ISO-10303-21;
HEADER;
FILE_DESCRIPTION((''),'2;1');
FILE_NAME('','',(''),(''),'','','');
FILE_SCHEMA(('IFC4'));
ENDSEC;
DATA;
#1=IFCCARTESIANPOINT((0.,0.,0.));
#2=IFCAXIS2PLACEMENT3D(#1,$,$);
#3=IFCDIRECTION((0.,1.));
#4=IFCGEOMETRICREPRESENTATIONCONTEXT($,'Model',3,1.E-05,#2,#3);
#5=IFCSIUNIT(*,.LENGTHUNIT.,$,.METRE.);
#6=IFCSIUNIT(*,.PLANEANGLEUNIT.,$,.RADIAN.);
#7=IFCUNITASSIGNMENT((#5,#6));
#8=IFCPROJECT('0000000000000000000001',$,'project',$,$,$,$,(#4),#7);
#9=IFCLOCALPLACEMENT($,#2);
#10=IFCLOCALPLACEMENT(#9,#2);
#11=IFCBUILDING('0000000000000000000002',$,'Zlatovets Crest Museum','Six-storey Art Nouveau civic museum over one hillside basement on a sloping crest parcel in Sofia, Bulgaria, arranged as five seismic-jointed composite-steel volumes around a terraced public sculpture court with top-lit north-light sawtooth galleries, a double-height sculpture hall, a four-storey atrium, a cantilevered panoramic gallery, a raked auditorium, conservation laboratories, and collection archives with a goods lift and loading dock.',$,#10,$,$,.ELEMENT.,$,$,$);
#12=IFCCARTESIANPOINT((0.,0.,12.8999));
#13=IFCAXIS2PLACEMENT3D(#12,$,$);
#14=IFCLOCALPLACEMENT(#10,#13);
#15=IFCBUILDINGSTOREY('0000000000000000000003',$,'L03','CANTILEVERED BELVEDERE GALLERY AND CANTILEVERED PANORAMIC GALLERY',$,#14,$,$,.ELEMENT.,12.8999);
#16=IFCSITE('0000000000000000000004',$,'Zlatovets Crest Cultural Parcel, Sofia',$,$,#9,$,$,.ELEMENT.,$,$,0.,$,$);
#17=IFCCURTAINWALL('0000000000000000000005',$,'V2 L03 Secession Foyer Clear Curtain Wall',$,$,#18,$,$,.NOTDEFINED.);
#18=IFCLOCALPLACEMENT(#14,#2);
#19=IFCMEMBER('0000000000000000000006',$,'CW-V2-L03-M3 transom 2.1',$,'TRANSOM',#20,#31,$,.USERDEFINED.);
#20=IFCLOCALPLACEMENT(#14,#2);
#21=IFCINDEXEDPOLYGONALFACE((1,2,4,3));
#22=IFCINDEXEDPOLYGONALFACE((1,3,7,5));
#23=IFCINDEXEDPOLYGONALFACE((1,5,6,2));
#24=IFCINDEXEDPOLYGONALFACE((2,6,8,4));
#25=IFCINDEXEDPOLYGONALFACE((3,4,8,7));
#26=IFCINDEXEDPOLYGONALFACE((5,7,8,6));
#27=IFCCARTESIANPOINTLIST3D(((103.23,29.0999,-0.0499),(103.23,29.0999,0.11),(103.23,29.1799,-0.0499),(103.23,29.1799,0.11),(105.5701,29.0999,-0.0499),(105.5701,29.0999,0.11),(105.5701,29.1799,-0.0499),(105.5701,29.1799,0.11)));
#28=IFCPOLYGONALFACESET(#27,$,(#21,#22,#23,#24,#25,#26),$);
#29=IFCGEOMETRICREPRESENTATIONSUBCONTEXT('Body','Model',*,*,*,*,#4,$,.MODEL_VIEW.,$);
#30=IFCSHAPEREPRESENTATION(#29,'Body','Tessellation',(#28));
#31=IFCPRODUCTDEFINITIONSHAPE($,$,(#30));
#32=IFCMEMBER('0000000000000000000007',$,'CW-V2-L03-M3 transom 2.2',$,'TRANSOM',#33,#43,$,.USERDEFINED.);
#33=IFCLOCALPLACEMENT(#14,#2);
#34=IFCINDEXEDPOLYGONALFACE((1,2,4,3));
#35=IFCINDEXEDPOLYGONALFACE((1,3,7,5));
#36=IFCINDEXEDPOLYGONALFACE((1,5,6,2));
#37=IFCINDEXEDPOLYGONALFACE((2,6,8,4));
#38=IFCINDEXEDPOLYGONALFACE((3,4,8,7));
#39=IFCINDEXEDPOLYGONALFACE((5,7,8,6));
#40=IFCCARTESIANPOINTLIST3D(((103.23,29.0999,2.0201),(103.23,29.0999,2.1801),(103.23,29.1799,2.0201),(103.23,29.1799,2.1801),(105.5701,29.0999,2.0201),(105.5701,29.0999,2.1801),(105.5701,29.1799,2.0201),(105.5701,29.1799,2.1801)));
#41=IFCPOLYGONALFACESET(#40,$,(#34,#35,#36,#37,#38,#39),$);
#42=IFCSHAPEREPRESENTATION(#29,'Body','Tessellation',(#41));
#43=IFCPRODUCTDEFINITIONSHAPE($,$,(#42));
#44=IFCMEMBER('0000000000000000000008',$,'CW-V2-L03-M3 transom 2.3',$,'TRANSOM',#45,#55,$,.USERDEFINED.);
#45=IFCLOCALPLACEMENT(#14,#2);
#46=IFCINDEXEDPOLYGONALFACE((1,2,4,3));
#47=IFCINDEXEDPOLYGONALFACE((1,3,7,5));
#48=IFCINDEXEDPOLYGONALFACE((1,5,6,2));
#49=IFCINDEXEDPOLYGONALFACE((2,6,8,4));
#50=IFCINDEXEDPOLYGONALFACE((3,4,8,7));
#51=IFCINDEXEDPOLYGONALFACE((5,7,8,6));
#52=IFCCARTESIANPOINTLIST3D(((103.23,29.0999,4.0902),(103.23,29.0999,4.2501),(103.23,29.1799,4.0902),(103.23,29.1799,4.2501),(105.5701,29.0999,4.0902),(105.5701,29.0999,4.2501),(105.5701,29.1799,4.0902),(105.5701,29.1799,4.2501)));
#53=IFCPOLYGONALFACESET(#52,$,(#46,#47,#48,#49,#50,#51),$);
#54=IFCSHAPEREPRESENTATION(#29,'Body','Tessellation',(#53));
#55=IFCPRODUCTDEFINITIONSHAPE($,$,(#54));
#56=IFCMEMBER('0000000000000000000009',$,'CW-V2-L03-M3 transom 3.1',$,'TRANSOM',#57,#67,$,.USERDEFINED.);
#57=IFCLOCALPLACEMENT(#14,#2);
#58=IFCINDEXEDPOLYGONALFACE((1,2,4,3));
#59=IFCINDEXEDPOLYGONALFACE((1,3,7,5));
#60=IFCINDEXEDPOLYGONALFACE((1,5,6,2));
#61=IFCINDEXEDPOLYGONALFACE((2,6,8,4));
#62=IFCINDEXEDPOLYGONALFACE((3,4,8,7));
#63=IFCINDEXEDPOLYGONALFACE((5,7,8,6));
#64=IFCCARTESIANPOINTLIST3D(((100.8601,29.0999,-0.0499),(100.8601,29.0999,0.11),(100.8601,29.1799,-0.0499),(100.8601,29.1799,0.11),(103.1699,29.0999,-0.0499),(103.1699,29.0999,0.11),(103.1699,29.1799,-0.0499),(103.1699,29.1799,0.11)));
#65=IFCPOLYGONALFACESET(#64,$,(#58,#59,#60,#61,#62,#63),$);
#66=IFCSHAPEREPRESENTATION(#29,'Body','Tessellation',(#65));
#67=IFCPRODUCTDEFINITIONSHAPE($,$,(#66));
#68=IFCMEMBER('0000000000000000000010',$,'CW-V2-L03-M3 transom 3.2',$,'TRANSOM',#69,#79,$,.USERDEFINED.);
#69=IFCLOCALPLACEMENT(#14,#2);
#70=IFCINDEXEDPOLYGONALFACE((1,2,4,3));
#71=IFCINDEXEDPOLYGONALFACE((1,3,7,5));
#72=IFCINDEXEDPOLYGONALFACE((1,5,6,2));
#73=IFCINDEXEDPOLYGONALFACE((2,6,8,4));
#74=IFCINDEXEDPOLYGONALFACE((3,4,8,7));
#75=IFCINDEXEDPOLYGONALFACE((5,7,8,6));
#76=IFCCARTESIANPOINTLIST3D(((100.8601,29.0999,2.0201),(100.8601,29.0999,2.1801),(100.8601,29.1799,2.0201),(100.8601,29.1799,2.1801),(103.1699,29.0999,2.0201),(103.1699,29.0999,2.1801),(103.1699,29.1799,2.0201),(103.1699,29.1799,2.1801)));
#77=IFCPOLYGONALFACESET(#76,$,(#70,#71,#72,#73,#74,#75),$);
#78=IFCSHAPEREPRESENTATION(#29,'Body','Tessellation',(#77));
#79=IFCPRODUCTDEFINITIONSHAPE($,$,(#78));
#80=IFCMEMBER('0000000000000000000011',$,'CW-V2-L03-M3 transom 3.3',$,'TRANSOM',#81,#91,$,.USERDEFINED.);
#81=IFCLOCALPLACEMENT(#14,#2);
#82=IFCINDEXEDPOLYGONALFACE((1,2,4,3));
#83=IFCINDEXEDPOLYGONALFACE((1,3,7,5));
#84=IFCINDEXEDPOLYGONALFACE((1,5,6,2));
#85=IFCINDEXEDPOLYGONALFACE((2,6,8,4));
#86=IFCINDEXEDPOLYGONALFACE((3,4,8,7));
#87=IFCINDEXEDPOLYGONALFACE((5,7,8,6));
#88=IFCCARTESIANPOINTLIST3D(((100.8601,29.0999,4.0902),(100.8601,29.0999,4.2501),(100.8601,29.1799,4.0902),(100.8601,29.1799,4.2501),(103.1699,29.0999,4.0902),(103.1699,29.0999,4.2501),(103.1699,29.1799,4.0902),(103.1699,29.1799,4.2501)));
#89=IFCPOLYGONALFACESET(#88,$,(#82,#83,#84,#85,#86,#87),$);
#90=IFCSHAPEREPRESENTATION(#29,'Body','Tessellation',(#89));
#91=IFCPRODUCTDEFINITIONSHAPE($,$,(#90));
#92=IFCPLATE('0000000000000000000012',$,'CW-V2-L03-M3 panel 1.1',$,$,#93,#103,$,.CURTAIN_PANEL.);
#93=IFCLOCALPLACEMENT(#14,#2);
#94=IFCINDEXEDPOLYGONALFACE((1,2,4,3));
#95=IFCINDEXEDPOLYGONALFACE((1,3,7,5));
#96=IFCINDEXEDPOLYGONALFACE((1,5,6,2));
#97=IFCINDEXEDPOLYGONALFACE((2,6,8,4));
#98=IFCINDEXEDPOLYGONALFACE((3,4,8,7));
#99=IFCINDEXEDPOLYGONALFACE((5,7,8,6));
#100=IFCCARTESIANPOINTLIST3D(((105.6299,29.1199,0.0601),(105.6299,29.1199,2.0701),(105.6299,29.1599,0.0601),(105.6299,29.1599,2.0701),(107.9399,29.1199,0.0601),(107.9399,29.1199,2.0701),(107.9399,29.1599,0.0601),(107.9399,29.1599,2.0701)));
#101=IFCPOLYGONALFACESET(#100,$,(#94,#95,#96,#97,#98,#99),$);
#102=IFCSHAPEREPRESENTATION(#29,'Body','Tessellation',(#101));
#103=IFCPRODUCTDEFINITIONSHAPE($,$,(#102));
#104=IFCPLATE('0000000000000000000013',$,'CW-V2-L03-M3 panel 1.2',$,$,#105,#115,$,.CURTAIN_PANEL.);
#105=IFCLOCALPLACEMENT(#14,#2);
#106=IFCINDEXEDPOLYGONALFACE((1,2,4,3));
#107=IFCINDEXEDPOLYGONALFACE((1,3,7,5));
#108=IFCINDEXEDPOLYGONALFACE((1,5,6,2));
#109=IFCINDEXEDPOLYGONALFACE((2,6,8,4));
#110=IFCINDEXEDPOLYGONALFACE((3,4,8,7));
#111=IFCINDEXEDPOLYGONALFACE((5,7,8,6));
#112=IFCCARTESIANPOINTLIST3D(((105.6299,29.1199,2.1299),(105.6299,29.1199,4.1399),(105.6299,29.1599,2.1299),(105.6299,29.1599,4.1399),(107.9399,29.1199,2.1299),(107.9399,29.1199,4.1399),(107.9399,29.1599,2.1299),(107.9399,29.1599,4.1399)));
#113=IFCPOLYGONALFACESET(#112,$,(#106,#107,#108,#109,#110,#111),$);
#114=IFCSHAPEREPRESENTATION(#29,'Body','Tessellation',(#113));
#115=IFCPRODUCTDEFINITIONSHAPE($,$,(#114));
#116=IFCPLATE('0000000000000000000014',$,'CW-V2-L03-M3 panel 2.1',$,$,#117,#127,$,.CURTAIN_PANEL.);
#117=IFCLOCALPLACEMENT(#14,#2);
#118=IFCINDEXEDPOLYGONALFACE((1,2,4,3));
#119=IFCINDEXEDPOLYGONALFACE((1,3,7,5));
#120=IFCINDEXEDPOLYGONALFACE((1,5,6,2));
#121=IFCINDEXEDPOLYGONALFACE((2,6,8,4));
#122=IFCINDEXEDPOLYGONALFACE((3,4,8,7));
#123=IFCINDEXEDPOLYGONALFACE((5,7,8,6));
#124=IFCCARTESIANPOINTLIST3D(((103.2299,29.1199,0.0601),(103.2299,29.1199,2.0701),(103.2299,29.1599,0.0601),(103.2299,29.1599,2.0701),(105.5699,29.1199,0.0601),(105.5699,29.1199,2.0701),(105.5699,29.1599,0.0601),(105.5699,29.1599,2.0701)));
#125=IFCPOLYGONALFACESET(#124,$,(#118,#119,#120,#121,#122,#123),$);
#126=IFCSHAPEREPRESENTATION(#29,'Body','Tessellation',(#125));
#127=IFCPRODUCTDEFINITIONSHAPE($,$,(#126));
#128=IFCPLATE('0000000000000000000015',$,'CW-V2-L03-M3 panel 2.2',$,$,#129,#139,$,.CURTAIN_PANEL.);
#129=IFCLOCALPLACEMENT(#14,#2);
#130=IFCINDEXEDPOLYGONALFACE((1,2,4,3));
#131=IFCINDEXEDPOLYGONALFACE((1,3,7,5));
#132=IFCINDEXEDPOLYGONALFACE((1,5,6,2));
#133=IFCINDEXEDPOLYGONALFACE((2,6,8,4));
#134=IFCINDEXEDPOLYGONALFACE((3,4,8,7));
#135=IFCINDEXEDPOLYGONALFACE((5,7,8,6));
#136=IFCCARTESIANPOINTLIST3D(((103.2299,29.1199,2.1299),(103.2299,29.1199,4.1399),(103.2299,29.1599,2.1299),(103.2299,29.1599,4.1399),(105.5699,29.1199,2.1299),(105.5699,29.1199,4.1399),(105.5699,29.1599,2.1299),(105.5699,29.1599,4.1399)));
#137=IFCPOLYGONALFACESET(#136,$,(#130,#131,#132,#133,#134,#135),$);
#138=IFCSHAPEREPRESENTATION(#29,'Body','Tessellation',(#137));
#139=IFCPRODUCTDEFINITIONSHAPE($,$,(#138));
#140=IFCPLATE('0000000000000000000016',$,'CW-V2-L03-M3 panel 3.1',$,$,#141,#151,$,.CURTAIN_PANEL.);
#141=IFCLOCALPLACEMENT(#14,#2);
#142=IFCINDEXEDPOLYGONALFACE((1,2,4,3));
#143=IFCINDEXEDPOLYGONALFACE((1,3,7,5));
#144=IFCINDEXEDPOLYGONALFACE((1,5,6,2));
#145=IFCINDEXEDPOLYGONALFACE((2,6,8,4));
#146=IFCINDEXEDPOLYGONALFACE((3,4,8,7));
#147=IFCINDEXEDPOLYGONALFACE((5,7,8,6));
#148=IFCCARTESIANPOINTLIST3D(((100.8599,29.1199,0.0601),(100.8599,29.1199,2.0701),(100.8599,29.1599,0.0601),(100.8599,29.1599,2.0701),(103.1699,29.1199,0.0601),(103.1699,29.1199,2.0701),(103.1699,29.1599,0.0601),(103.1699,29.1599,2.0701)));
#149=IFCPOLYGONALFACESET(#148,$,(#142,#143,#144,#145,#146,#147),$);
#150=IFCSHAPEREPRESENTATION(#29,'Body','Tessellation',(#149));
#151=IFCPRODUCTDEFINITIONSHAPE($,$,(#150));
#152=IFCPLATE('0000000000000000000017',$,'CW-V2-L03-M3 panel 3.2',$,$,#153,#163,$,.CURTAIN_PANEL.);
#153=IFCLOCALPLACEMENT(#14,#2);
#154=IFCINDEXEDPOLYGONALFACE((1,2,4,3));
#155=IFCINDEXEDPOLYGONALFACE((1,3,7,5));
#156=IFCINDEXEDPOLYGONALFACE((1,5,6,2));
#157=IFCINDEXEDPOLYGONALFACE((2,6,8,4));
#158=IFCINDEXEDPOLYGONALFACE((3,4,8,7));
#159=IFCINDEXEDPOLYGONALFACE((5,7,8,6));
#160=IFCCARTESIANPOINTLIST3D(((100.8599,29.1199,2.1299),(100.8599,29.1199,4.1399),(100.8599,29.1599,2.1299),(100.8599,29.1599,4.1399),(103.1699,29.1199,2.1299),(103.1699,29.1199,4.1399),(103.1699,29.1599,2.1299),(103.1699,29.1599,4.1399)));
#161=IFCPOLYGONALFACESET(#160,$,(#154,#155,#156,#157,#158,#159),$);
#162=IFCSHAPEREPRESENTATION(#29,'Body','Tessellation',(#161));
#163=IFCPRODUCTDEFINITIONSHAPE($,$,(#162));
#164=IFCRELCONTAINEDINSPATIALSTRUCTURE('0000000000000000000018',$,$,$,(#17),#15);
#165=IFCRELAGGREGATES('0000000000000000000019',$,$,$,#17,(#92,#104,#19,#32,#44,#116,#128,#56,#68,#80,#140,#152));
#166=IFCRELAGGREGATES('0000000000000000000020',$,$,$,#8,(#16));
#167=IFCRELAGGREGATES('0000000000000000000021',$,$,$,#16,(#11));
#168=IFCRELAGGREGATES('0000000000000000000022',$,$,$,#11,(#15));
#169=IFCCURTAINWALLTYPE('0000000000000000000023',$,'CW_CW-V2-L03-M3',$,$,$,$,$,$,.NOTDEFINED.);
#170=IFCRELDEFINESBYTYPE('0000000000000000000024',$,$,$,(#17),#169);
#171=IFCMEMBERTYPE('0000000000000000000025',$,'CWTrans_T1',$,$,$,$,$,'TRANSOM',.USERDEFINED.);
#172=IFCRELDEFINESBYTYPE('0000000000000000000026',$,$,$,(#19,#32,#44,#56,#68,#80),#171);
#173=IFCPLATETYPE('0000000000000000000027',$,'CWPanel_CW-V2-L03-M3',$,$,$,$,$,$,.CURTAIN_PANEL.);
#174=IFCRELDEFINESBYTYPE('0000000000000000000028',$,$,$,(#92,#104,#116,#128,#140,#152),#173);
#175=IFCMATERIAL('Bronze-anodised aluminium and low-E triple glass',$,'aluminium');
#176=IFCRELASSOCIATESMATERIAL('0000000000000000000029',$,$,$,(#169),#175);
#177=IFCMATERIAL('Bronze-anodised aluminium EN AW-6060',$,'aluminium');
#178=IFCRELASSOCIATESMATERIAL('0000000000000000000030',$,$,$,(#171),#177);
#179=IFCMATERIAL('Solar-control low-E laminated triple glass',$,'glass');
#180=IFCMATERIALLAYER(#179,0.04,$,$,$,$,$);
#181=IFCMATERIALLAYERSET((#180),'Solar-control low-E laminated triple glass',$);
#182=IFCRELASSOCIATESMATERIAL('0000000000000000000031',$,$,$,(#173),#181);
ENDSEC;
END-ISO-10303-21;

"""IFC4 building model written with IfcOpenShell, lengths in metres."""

from ifc_helpers import new_model, si_unit, direction, frame, origin, origin_2d, place, context, subcontext, project, spatial, rectangle, extrude, material, layer, layer_set, material_profile, profile_set, type_object, element, aggregate, save


model = new_model("IFC4")

# Units and contexts
model_context = context("Model", 3, precision=1e-05, world=origin(), true_north=direction((0.0, 1.0)))
body_context = subcontext(model_context, "Body", "Model", "MODEL_VIEW")
ifc_project = project(units=[si_unit("LENGTHUNIT", "METRE"), si_unit("PLANEANGLEUNIT", "RADIAN")], contexts=[model_context])

# Site, building, storey
site_placement = place(None, origin())
site = spatial("IfcSite", under=ifc_project, at=site_placement, Name="Zlatovets Crest Cultural Parcel, Sofia", CompositionType="ELEMENT", RefElevation=0.0)
building_placement = place(site_placement, origin())
building = spatial("IfcBuilding", under=site, at=building_placement, Name="Zlatovets Crest Museum", Description="Six-storey Art Nouveau civic museum over one hillside basement on a sloping crest parcel in Sofia, Bulgaria, arranged as five seismic-jointed composite-steel volumes around a terraced public sculpture court with top-lit north-light sawtooth galleries, a double-height sculpture hall, a four-storey atrium, a cantilevered panoramic gallery, a raked auditorium, conservation laboratories, and collection archives with a goods lift and loading dock.", CompositionType="ELEMENT")
storey_placement = place(building_placement, frame((0.0, 0.0, 12.8999)))
storey = spatial("IfcBuildingStorey", under=building, at=storey_placement, Name="L03", Description="CANTILEVERED BELVEDERE GALLERY AND CANTILEVERED PANORAMIC GALLERY", CompositionType="ELEMENT", Elevation=12.8999)

# Curtain wall, members, plates
ifc_material_1 = material(Name="Bronze-anodised aluminium and low-E triple glass", Category="aluminium")
curtain_wall_type = type_object("IfcCurtainWallType", Name="CW_CW-V2-L03-M3", PredefinedType="NOTDEFINED", material=ifc_material_1)
curtain_wall_placement = place(storey_placement, origin())
curtain_wall = element("IfcCurtainWall", 1, at=curtain_wall_placement, inside=storey, type_object=curtain_wall_type, Name="V2 L03 Secession Foyer Clear Curtain Wall", PredefinedType="NOTDEFINED")
ifc_material_2 = material(Name="Bronze-anodised aluminium EN AW-6060", Category="aluminium")
ifc_material_profile_1 = material_profile(ifc_material_2, rectangle(XDim=0.0801, YDim=0.1599, at=origin_2d()), Name="ALU 80x160")
ifc_profile_set_1 = profile_set([ifc_material_profile_1], Name="Bronze-anodised aluminium EN AW-6060")
member_type_1 = type_object("IfcMemberType", Name="CWTrans_T1", ElementType="TRANSOM", PredefinedType="USERDEFINED", material=ifc_profile_set_1)
member_1_placement = place(storey_placement, frame((105.5701, 29.1399, 0.03), z_axis=(-1.0, 0.0, 0.0), x_axis=(0.0, -1.0, 0.0)))
member_1 = element("IfcMember", 2, at=member_1_placement, type_object=member_type_1, Name="CW-V2-L03-M3 transom 2.1", ObjectType="TRANSOM", PredefinedType="USERDEFINED", context=body_context, shape_type="SweptSolid", body=[
    extrude(rectangle(XDim=0.0801, YDim=0.1599, at=origin_2d()), origin(), (0.0, 0.0, 1.0), 2.3401),
])
member_2_placement = place(storey_placement, frame((105.5701, 29.1399, 2.1001), z_axis=(-1.0, 0.0, 0.0), x_axis=(0.0, -1.0, 0.0)))
member_2 = element("IfcMember", 3, at=member_2_placement, type_object=member_type_1, Name="CW-V2-L03-M3 transom 2.2", ObjectType="TRANSOM", PredefinedType="USERDEFINED", context=body_context, shape_type="SweptSolid", body=[
    extrude(rectangle(XDim=0.0801, YDim=0.1599, at=origin_2d()), origin(), (0.0, 0.0, 1.0), 2.3401),
])
member_3_placement = place(storey_placement, frame((105.5701, 29.1399, 4.1702), z_axis=(-1.0, 0.0, 0.0), x_axis=(0.0, -1.0, 0.0)))
member_3 = element("IfcMember", 4, at=member_3_placement, type_object=member_type_1, Name="CW-V2-L03-M3 transom 2.3", ObjectType="TRANSOM", PredefinedType="USERDEFINED", context=body_context, shape_type="SweptSolid", body=[
    extrude(rectangle(XDim=0.0801, YDim=0.1599, at=origin_2d()), origin(), (0.0, 0.0, 1.0), 2.3401),
])
member_4_placement = place(storey_placement, frame((103.1699, 29.1399, 0.03), z_axis=(-1.0, 0.0, 0.0), x_axis=(0.0, -1.0, 0.0)))
member_4 = element("IfcMember", 5, at=member_4_placement, type_object=member_type_1, Name="CW-V2-L03-M3 transom 3.1", ObjectType="TRANSOM", PredefinedType="USERDEFINED", context=body_context, shape_type="SweptSolid", body=[
    extrude(rectangle(XDim=0.0801, YDim=0.1599, at=origin_2d()), origin(), (0.0, 0.0, 1.0), 2.3098),
])
member_5_placement = place(storey_placement, frame((103.1699, 29.1399, 2.1001), z_axis=(-1.0, 0.0, 0.0), x_axis=(0.0, -1.0, 0.0)))
member_5 = element("IfcMember", 6, at=member_5_placement, type_object=member_type_1, Name="CW-V2-L03-M3 transom 3.2", ObjectType="TRANSOM", PredefinedType="USERDEFINED", context=body_context, shape_type="SweptSolid", body=[
    extrude(rectangle(XDim=0.0801, YDim=0.1599, at=origin_2d()), origin(), (0.0, 0.0, 1.0), 2.3098),
])
member_6_placement = place(storey_placement, frame((103.1699, 29.1399, 4.1702), z_axis=(-1.0, 0.0, 0.0), x_axis=(0.0, -1.0, 0.0)))
member_6 = element("IfcMember", 7, at=member_6_placement, type_object=member_type_1, Name="CW-V2-L03-M3 transom 3.3", ObjectType="TRANSOM", PredefinedType="USERDEFINED", context=body_context, shape_type="SweptSolid", body=[
    extrude(rectangle(XDim=0.0801, YDim=0.1599, at=origin_2d()), origin(), (0.0, 0.0, 1.0), 2.3098),
])
ifc_material_3 = material(Name="Solar-control low-E laminated triple glass", Category="glass")
ifc_layer = layer(ifc_material_3, 0.04)
ifc_layer_set = layer_set([ifc_layer], Name="Solar-control low-E laminated triple glass")
plate_type = type_object("IfcPlateType", Name="CWPanel_CW-V2-L03-M3", PredefinedType="CURTAIN_PANEL", material=ifc_layer_set)
plate_1_placement = place(storey_placement, frame((106.7849, 29.1399, 0.0601), z_axis=(0.0, 0.0, 1.0), x_axis=(-1.0, 0.0, 0.0)))
plate_1 = element("IfcPlate", 8, at=plate_1_placement, type_object=plate_type, Name="CW-V2-L03-M3 panel 1.1", PredefinedType="CURTAIN_PANEL", context=body_context, shape_type="SweptSolid", body=[
    extrude(rectangle(XDim=2.3101, YDim=0.04, at=origin_2d()), origin(), (0.0, 0.0, 1.0), 2.01),
])
plate_2_placement = place(storey_placement, frame((106.7849, 29.1399, 2.1299), z_axis=(0.0, 0.0, 1.0), x_axis=(-1.0, 0.0, 0.0)))
plate_2 = element("IfcPlate", 9, at=plate_2_placement, type_object=plate_type, Name="CW-V2-L03-M3 panel 1.2", PredefinedType="CURTAIN_PANEL", context=body_context, shape_type="SweptSolid", body=[
    extrude(rectangle(XDim=2.3101, YDim=0.04, at=origin_2d()), origin(), (0.0, 0.0, 1.0), 2.01),
])
plate_3_placement = place(storey_placement, frame((104.3999, 29.1399, 0.0601), z_axis=(0.0, 0.0, 1.0), x_axis=(-1.0, 0.0, 0.0)))
plate_3 = element("IfcPlate", 10, at=plate_3_placement, type_object=plate_type, Name="CW-V2-L03-M3 panel 2.1", PredefinedType="CURTAIN_PANEL", context=body_context, shape_type="SweptSolid", body=[
    extrude(rectangle(XDim=2.3401, YDim=0.04, at=origin_2d()), origin(), (0.0, 0.0, 1.0), 2.01),
])
plate_4_placement = place(storey_placement, frame((104.3999, 29.1399, 2.1299), z_axis=(0.0, 0.0, 1.0), x_axis=(-1.0, 0.0, 0.0)))
plate_4 = element("IfcPlate", 11, at=plate_4_placement, type_object=plate_type, Name="CW-V2-L03-M3 panel 2.2", PredefinedType="CURTAIN_PANEL", context=body_context, shape_type="SweptSolid", body=[
    extrude(rectangle(XDim=2.3401, YDim=0.04, at=origin_2d()), origin(), (0.0, 0.0, 1.0), 2.01),
])
plate_5_placement = place(storey_placement, frame((102.0149, 29.1399, 0.0601), z_axis=(0.0, 0.0, 1.0), x_axis=(-1.0, 0.0, 0.0)))
plate_5 = element("IfcPlate", 12, at=plate_5_placement, type_object=plate_type, Name="CW-V2-L03-M3 panel 3.1", PredefinedType="CURTAIN_PANEL", context=body_context, shape_type="SweptSolid", body=[
    extrude(rectangle(XDim=2.3101, YDim=0.04, at=origin_2d()), origin(), (0.0, 0.0, 1.0), 2.01),
])
plate_6_placement = place(storey_placement, frame((102.0149, 29.1399, 2.1299), z_axis=(0.0, 0.0, 1.0), x_axis=(-1.0, 0.0, 0.0)))
plate_6 = element("IfcPlate", 13, at=plate_6_placement, type_object=plate_type, Name="CW-V2-L03-M3 panel 3.2", PredefinedType="CURTAIN_PANEL", context=body_context, shape_type="SweptSolid", body=[
    extrude(rectangle(XDim=2.3101, YDim=0.04, at=origin_2d()), origin(), (0.0, 0.0, 1.0), 2.01),
])
aggregate(curtain_wall, [plate_1, plate_2, member_1, member_2, member_3, plate_3, plate_4, member_4, member_5, member_6, plate_5, plate_6])

save(model, "model.ifc")
